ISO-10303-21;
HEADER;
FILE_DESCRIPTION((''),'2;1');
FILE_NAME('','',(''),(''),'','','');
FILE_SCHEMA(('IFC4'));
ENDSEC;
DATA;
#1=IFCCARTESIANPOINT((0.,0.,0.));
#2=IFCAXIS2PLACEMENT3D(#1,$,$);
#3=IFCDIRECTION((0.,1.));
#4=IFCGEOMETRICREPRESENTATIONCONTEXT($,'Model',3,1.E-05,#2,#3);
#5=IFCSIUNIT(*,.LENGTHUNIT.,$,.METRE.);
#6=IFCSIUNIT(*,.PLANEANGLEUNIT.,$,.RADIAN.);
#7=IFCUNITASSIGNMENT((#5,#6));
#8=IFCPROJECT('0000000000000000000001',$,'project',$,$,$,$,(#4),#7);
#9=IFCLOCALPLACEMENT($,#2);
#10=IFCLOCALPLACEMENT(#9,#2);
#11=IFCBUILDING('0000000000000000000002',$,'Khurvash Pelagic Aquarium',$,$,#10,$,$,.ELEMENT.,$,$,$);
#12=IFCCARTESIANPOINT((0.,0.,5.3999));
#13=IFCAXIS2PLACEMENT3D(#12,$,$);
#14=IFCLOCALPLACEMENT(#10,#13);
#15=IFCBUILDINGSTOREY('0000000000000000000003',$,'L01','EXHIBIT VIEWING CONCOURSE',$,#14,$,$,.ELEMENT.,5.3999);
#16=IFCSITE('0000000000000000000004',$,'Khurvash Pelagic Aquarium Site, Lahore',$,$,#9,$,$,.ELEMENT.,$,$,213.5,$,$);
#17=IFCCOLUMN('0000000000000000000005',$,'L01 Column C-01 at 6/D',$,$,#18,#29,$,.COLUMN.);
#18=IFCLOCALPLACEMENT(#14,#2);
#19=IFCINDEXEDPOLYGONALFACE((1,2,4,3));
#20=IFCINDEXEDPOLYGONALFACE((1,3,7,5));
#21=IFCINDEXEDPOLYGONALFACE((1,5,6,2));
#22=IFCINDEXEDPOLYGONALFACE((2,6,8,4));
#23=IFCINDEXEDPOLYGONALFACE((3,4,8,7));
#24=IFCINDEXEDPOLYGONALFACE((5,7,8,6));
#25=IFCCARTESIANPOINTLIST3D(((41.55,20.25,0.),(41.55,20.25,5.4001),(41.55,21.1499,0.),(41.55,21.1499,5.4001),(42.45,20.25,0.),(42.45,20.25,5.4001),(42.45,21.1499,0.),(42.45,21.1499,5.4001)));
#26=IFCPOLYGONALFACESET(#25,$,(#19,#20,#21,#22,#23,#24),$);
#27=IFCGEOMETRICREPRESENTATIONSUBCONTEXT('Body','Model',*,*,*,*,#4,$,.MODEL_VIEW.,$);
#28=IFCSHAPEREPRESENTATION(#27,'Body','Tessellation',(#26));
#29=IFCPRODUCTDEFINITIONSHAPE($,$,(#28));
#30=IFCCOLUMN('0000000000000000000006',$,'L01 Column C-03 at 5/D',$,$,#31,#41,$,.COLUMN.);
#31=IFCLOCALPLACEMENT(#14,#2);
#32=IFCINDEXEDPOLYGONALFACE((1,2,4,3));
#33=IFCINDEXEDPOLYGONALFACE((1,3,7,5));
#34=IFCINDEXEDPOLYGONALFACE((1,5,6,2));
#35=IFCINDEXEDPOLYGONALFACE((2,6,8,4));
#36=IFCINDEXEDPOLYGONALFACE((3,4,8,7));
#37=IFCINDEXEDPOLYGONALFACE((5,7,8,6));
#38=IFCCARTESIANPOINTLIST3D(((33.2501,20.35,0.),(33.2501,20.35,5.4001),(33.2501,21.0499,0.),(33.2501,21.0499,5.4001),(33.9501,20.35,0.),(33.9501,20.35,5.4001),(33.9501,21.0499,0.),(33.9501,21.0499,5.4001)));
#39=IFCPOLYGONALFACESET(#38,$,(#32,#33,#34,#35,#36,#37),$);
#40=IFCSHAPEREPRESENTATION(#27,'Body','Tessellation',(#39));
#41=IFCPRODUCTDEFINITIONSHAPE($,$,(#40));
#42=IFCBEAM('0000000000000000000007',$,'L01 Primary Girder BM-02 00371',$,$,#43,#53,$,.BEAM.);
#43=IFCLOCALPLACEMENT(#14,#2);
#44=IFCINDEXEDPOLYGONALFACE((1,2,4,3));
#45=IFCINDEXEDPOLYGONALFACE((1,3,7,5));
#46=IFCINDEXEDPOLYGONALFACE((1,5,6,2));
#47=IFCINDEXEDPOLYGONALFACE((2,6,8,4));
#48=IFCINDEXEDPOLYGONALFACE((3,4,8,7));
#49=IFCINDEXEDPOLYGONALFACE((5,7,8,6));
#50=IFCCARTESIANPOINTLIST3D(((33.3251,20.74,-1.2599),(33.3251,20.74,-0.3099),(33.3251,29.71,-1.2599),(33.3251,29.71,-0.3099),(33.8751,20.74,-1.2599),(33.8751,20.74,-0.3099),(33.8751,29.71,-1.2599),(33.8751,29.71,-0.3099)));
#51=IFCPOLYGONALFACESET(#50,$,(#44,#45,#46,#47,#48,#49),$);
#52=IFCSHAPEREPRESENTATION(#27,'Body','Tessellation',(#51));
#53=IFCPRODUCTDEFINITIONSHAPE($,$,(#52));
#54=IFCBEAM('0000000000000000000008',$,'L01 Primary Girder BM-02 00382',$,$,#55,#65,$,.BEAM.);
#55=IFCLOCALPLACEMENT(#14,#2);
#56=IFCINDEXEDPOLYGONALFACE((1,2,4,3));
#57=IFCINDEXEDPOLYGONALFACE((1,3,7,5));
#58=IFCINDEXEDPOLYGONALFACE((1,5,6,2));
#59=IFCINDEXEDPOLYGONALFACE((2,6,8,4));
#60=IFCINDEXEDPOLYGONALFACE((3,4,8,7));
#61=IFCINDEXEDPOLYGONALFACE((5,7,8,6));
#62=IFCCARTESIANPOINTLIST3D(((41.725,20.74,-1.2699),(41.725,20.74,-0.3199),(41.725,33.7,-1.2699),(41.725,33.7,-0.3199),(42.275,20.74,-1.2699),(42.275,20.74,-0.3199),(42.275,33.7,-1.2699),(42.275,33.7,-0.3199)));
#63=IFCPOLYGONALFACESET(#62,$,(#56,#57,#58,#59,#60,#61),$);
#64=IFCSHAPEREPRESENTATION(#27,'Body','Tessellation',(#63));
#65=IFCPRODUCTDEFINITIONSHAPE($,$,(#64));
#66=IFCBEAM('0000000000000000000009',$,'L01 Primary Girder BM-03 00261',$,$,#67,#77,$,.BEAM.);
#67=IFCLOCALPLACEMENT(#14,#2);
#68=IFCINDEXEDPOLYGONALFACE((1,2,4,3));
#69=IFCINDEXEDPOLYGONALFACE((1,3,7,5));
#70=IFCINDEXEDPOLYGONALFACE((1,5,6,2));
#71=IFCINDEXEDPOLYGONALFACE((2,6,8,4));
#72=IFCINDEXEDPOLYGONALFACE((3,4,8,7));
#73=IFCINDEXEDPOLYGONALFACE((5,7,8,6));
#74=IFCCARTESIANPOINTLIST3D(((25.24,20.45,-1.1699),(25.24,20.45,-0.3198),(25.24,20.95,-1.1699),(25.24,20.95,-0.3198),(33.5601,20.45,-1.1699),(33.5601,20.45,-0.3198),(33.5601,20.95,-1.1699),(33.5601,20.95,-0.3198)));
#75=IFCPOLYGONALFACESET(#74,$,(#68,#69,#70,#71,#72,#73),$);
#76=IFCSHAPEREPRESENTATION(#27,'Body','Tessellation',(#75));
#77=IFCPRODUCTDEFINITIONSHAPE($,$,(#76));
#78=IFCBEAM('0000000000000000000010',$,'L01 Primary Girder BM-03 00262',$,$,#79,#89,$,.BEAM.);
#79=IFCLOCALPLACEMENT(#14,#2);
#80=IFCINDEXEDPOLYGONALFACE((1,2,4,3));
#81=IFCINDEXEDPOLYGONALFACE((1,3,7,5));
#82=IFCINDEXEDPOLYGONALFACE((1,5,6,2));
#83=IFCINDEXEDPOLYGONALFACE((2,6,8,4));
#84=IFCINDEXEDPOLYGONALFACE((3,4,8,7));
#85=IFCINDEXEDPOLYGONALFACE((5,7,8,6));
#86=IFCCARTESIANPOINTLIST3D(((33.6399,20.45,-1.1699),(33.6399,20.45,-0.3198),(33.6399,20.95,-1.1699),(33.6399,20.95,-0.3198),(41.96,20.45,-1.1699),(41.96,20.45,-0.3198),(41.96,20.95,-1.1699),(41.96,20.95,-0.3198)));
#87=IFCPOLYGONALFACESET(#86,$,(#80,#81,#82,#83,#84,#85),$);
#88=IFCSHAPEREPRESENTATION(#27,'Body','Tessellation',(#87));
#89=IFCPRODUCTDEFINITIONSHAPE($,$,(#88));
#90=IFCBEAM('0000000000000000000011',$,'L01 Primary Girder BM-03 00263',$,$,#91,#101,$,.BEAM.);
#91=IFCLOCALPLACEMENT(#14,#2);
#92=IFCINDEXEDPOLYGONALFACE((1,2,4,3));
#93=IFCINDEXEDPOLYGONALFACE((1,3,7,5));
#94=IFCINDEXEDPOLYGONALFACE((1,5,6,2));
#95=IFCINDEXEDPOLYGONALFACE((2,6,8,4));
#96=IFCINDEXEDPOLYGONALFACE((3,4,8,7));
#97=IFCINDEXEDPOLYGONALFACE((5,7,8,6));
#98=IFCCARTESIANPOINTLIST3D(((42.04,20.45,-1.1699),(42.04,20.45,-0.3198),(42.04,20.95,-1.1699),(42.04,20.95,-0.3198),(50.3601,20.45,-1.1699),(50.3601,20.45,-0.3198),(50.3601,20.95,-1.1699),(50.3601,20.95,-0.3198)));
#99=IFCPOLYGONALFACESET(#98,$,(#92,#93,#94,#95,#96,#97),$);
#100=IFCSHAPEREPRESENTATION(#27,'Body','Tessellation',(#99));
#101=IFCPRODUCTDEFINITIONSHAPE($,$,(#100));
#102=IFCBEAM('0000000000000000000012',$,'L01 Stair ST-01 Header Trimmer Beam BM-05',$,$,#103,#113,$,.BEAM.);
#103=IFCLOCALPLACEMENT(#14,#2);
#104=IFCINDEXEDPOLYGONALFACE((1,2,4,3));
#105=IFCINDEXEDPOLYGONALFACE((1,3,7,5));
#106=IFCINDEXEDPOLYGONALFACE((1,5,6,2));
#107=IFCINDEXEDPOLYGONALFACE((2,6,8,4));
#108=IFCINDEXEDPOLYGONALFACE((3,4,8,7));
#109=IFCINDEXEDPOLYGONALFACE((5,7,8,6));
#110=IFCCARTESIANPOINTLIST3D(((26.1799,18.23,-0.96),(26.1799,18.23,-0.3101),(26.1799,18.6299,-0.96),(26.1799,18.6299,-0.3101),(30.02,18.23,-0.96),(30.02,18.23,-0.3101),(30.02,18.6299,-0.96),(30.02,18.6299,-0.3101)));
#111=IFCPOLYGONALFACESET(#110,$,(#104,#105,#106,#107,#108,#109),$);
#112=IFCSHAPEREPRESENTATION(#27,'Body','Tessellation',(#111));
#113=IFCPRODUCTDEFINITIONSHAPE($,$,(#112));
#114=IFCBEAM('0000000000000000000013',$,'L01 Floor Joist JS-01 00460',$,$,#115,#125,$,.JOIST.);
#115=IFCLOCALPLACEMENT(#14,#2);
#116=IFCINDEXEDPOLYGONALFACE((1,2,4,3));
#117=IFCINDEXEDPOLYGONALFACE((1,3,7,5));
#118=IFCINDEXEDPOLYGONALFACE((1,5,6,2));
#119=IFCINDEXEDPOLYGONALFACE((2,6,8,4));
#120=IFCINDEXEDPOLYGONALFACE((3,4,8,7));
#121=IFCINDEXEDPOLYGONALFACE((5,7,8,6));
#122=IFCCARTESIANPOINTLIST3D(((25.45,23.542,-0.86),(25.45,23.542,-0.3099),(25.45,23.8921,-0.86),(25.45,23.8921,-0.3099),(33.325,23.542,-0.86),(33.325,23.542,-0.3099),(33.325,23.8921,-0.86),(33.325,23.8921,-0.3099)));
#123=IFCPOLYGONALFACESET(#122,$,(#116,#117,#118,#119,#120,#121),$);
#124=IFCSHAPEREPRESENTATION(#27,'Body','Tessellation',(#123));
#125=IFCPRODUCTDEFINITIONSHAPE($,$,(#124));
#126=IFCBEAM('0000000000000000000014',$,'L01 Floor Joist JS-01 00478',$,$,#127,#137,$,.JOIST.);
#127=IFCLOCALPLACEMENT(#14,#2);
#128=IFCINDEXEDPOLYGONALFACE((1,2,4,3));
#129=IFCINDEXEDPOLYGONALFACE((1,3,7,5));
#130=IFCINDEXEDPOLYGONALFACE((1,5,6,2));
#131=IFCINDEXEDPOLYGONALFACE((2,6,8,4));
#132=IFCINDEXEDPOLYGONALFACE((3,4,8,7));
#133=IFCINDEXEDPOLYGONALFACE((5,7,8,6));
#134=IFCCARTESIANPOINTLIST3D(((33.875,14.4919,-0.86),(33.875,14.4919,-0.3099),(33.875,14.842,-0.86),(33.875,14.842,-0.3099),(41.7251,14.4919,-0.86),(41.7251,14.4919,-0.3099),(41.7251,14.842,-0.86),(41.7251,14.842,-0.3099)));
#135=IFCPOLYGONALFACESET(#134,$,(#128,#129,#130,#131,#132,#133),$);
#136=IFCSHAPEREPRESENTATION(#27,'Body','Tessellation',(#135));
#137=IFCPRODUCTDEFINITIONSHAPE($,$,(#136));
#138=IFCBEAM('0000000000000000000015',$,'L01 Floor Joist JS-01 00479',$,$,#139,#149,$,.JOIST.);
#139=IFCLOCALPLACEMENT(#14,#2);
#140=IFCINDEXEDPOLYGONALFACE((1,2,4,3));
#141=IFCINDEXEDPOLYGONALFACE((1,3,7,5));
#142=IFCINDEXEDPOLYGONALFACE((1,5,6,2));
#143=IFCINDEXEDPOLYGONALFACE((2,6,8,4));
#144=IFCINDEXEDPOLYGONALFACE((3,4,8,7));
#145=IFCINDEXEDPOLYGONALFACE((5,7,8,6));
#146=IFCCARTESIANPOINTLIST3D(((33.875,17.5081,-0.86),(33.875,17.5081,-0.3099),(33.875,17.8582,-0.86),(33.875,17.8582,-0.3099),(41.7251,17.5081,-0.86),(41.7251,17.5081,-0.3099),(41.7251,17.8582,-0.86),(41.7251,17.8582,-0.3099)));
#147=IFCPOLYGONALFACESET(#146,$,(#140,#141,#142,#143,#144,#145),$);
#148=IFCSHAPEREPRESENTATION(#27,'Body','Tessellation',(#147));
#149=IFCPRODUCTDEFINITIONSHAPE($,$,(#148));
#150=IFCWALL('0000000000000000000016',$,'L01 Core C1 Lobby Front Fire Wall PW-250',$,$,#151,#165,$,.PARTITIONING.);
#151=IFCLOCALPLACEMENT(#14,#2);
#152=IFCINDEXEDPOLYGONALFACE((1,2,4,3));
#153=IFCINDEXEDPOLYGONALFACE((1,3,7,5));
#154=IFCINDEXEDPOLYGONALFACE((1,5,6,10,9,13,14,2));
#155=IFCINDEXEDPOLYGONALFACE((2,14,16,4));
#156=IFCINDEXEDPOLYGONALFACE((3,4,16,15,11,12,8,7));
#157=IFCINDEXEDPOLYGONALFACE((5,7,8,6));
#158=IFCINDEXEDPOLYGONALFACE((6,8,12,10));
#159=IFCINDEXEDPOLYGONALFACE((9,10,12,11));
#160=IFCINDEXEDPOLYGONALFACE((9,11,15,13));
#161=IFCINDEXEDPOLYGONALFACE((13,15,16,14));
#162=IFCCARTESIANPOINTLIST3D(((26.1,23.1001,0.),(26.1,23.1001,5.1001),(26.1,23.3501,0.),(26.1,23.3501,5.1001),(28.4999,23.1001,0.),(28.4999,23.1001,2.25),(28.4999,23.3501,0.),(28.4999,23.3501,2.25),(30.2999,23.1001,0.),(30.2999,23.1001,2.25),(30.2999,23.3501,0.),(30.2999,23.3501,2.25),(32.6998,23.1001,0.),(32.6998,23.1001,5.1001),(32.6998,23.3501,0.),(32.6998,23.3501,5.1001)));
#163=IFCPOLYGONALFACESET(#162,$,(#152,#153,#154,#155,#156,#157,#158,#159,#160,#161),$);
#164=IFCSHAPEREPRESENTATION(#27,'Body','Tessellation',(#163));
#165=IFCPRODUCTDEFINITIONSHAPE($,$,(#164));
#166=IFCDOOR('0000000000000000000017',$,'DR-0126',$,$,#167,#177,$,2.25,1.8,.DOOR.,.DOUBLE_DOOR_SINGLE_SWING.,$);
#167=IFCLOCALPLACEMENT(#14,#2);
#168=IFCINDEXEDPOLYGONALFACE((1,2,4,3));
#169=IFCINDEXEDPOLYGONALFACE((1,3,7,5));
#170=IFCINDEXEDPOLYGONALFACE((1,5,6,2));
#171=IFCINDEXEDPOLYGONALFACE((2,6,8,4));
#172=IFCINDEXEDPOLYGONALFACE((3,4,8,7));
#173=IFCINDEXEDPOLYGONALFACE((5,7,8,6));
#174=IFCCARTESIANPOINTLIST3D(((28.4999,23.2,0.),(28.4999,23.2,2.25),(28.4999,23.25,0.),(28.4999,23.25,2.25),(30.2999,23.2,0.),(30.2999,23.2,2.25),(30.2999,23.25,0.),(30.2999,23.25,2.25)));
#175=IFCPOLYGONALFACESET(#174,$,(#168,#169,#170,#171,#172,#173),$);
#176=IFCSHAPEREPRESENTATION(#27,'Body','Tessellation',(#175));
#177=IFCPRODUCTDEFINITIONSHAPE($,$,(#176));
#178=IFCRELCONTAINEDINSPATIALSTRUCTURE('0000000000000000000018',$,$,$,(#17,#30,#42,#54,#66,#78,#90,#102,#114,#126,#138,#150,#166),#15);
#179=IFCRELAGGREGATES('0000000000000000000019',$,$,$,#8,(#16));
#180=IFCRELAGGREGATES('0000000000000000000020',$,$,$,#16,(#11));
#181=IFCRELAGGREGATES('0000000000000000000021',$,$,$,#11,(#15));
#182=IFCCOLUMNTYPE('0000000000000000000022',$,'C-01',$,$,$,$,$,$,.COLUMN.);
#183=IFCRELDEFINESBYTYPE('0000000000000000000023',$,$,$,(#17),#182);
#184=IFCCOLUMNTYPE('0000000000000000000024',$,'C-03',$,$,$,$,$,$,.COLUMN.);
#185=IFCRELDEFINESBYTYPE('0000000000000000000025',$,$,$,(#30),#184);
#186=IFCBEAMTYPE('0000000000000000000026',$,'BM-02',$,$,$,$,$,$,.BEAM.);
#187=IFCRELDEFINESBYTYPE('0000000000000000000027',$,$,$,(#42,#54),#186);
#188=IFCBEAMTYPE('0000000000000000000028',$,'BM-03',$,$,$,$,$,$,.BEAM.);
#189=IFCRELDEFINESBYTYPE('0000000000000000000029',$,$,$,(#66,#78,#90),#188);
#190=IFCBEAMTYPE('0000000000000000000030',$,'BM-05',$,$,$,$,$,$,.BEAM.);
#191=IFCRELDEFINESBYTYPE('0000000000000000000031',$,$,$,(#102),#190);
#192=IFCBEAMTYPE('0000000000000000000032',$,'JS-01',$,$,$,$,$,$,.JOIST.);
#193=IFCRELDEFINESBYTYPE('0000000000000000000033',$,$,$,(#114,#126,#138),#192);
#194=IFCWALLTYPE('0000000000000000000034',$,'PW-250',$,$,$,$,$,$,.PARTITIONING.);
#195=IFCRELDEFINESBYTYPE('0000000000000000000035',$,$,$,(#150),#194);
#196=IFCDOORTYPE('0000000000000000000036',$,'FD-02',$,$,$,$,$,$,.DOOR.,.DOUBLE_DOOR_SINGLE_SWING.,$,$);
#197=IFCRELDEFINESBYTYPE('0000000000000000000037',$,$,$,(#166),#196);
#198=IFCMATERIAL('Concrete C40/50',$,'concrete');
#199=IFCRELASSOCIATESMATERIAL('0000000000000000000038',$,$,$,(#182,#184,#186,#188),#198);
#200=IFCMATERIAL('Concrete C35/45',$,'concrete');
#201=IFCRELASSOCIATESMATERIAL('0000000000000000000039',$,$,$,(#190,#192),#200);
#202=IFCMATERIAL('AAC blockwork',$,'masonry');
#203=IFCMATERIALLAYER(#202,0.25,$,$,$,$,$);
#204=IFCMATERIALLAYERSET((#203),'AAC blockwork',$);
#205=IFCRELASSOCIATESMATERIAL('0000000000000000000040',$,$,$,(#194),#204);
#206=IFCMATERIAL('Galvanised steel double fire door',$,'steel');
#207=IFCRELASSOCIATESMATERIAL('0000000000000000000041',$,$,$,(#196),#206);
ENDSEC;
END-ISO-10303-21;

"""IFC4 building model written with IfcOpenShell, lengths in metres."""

from ifc_helpers import new_model, si_unit, direction, frame, frame_2d, origin, origin_2d, place, context, subcontext, project, spatial, rectangle, extrude, material, layer, layer_set, material_profile, profile_set, type_object, element, fill, save


model = new_model("IFC4")

# Units and contexts
model_context = context("Model", 3, precision=1e-05, world=origin(), true_north=direction((0.0, 1.0)))
body_context = subcontext(model_context, "Body", "Model", "MODEL_VIEW")
ifc_project = project(units=[si_unit("LENGTHUNIT", "METRE"), si_unit("PLANEANGLEUNIT", "RADIAN")], contexts=[model_context])

# Site, building, storey
site_placement = place(None, origin())
site = spatial("IfcSite", under=ifc_project, at=site_placement, Name="Khurvash Pelagic Aquarium Site, Lahore", CompositionType="ELEMENT", RefElevation=213.5)
building_placement = place(site_placement, origin())
building = spatial("IfcBuilding", under=site, at=building_placement, Name="Khurvash Pelagic Aquarium", CompositionType="ELEMENT")
storey_placement = place(building_placement, frame((0.0, 0.0, 5.3999)))
storey = spatial("IfcBuildingStorey", under=building, at=storey_placement, Name="L01", Description="EXHIBIT VIEWING CONCOURSE", CompositionType="ELEMENT", Elevation=5.3999)

# Columns
ifc_material_1 = material(Name="Concrete C40/50", Category="concrete")
ifc_material_profile_1 = material_profile(ifc_material_1, rectangle(XDim=0.8999, YDim=0.8999, at=origin_2d()), Name="RC900X900")
ifc_profile_set_1 = profile_set([ifc_material_profile_1], Name="Concrete C40/50")
column_type_1 = type_object("IfcColumnType", Name="C-01", PredefinedType="COLUMN", material=ifc_profile_set_1)
column_1_placement = place(storey_placement, frame((42.0, 20.7, 0.0), z_axis=(0.0, 0.0, 1.0), x_axis=(1.0, 0.0, 0.0)))
element("IfcColumn", 1, at=column_1_placement, inside=storey, type_object=column_type_1, Name="L01 Column C-01 at 6/D", PredefinedType="COLUMN", context=body_context, shape_type="SweptSolid", body=[
    extrude(rectangle(XDim=0.8999, YDim=0.8999, at=origin_2d()), origin(), (0.0, 0.0, 1.0), 5.4001),
])
ifc_material_profile_2 = material_profile(ifc_material_1, rectangle(XDim=0.7, YDim=0.7, at=origin_2d()), Name="RC700X700")
ifc_profile_set_2 = profile_set([ifc_material_profile_2], Name="Concrete C40/50")
column_type_2 = type_object("IfcColumnType", Name="C-03", PredefinedType="COLUMN", material=ifc_profile_set_2)
column_2_placement = place(storey_placement, frame((33.6001, 20.7, 0.0), z_axis=(0.0, 0.0, 1.0), x_axis=(1.0, 0.0, 0.0)))
element("IfcColumn", 2, at=column_2_placement, inside=storey, type_object=column_type_2, Name="L01 Column C-03 at 5/D", PredefinedType="COLUMN", context=body_context, shape_type="SweptSolid", body=[
    extrude(rectangle(XDim=0.7, YDim=0.7, at=origin_2d()), origin(), (0.0, 0.0, 1.0), 5.4001),
])

# Beams
ifc_material_profile_3 = material_profile(ifc_material_1, rectangle(XDim=0.55, YDim=0.95, at=origin_2d()), Name="RC550X950")
ifc_profile_set_3 = profile_set([ifc_material_profile_3], Name="Concrete C40/50")
beam_type_1 = type_object("IfcBeamType", Name="BM-02", PredefinedType="BEAM", material=ifc_profile_set_3)
beam_1_placement = place(storey_placement, frame((33.6001, 20.74, -0.7849), z_axis=(0.0, 1.0, 0.0), x_axis=(-1.0, 0.0, 0.0)))
element("IfcBeam", 3, at=beam_1_placement, inside=storey, type_object=beam_type_1, Name="L01 Primary Girder BM-02 00371", PredefinedType="BEAM", context=body_context, shape_type="SweptSolid", body=[
    extrude(rectangle(XDim=0.55, YDim=0.95, at=origin_2d()), origin(), (0.0, 0.0, 1.0), 8.97),
])
beam_2_placement = place(storey_placement, frame((42.0, 20.74, -0.7949), z_axis=(0.0, 1.0, 0.0), x_axis=(-1.0, 0.0, 0.0)))
element("IfcBeam", 4, at=beam_2_placement, inside=storey, type_object=beam_type_1, Name="L01 Primary Girder BM-02 00382", PredefinedType="BEAM", context=body_context, shape_type="SweptSolid", body=[
    extrude(rectangle(XDim=0.55, YDim=0.95, at=origin_2d()), origin(), (0.0, 0.0, 1.0), 12.96),
])
ifc_material_profile_4 = material_profile(ifc_material_1, rectangle(XDim=0.5, YDim=0.8501, at=origin_2d()), Name="RC500X850")
ifc_profile_set_4 = profile_set([ifc_material_profile_4], Name="Concrete C40/50")
beam_type_2 = type_object("IfcBeamType", Name="BM-03", PredefinedType="BEAM", material=ifc_profile_set_4)
for number, where, z_axis, x_axis, name in (
    (5, (25.24, 20.7, -0.7449), (1.0, 0.0, 0.0), (0.0, 1.0, 0.0), "L01 Primary Girder BM-03 00261"),
    (6, (33.6399, 20.7, -0.7449), (1.0, 0.0, 0.0), (0.0, 1.0, 0.0), "L01 Primary Girder BM-03 00262"),
    (7, (42.04, 20.7, -0.7449), (1.0, 0.0, 0.0), (0.0, 1.0, 0.0), "L01 Primary Girder BM-03 00263"),
):
    element("IfcBeam", number, at=place(storey_placement, frame(where, z_axis=z_axis, x_axis=x_axis)), inside=storey, type_object=beam_type_2, Name=name, PredefinedType="BEAM", context=body_context, shape_type="SweptSolid", body=[
        extrude(rectangle(XDim=0.5, YDim=0.8501, at=origin_2d()), origin(), (0.0, 0.0, 1.0), 8.3201),
    ])
ifc_material_2 = material(Name="Concrete C35/45", Category="concrete")
ifc_material_profile_5 = material_profile(ifc_material_2, rectangle(XDim=0.3999, YDim=0.6499, at=origin_2d()), Name="RC400X650")
ifc_profile_set_5 = profile_set([ifc_material_profile_5], Name="Concrete C35/45")
beam_type_3 = type_object("IfcBeamType", Name="BM-05", PredefinedType="BEAM", material=ifc_profile_set_5)
beam_3_placement = place(storey_placement, frame((26.1799, 18.4299, -0.635), z_axis=(1.0, 0.0, 0.0), x_axis=(0.0, 1.0, 0.0)))
element("IfcBeam", 8, at=beam_3_placement, inside=storey, type_object=beam_type_3, Name="L01 Stair ST-01 Header Trimmer Beam BM-05", PredefinedType="BEAM", context=body_context, shape_type="SweptSolid", body=[
    extrude(rectangle(XDim=0.3999, YDim=0.6499, at=origin_2d()), origin(), (0.0, 0.0, 1.0), 3.8401),
])
ifc_material_profile_6 = material_profile(ifc_material_2, rectangle(XDim=0.3501, YDim=0.55, at=origin_2d()), Name="RC350X550")
ifc_profile_set_6 = profile_set([ifc_material_profile_6], Name="Concrete C35/45")
beam_type_4 = type_object("IfcBeamType", Name="JS-01", PredefinedType="JOIST", material=ifc_profile_set_6)
beam_4_placement = place(storey_placement, frame((25.45, 23.717, -0.585), z_axis=(1.0, 0.0, 0.0), x_axis=(0.0, 1.0, 0.0)))
element("IfcBeam", 9, at=beam_4_placement, inside=storey, type_object=beam_type_4, Name="L01 Floor Joist JS-01 00460", PredefinedType="JOIST", context=body_context, shape_type="SweptSolid", body=[
    extrude(rectangle(XDim=0.3501, YDim=0.55, at=origin_2d()), origin(), (0.0, 0.0, 1.0), 7.875),
])
for number, where, z_axis, x_axis, name in (
    (10, (33.875, 14.667, -0.585), (1.0, 0.0, 0.0), (0.0, 1.0, 0.0), "L01 Floor Joist JS-01 00478"),
    (11, (33.875, 17.6831, -0.585), (1.0, 0.0, 0.0), (0.0, 1.0, 0.0), "L01 Floor Joist JS-01 00479"),
):
    element("IfcBeam", number, at=place(storey_placement, frame(where, z_axis=z_axis, x_axis=x_axis)), inside=storey, type_object=beam_type_4, Name=name, PredefinedType="JOIST", context=body_context, shape_type="SweptSolid", body=[
        extrude(rectangle(XDim=0.3501, YDim=0.55, at=origin_2d()), origin(), (0.0, 0.0, 1.0), 7.8501),
    ])

# Wall, opening, door
ifc_material_3 = material(Name="AAC blockwork", Category="masonry")
ifc_layer_1 = layer(ifc_material_3, 0.25)
ifc_layer_set_1 = layer_set([ifc_layer_1], Name="AAC blockwork")
wall_type_1 = type_object("IfcWallType", Name="PW-250", PredefinedType="PARTITIONING", material=ifc_layer_set_1)
wall_1_placement = place(storey_placement, frame((26.1001, 23.2251, 0.0), z_axis=(0.0, 0.0, 1.0), x_axis=(1.0, 0.0, 0.0)))
wall_1 = element("IfcWall", 12, at=wall_1_placement, inside=storey, type_object=wall_type_1, Name="L01 Core C1 Lobby Front Fire Wall PW-250", PredefinedType="PARTITIONING", context=body_context, shape_type="SweptSolid", body=[
    extrude(rectangle(XDim=6.5999, YDim=0.25, at=frame_2d((3.2998, 0.0))), origin(), (0.0, 0.0, 1.0), 5.1001),
])
opening_1_placement = place(wall_1_placement, frame((2.3999, 0.0, 0.0)))
opening_1 = element("IfcOpeningElement", 13, at=opening_1_placement, cuts=wall_1, PredefinedType="OPENING", context=body_context, shape_type="SweptSolid", body=[
    extrude(rectangle(XDim=1.8, YDim=2.25, at=frame_2d((0.8999, 1.125))), frame((0.0, 0.135, 0.0), z_axis=(0.0, -1.0, 0.0), x_axis=(1.0, 0.0, 0.0)), (0.0, 0.0, 1.0), 0.27),
])
ifc_material_4 = material(Name="Galvanised steel double fire door", Category="steel")
door_type_1 = type_object("IfcDoorType", Name="FD-02", OperationType="DOUBLE_DOOR_SINGLE_SWING", PredefinedType="DOOR", material=ifc_material_4)
door_1_placement = place(opening_1_placement, origin())
door_1 = element("IfcDoor", 14, at=door_1_placement, inside=storey, type_object=door_type_1, Name="DR-0126", OperationType="DOUBLE_DOOR_SINGLE_SWING", OverallHeight=2.25, OverallWidth=1.8, PredefinedType="DOOR", context=body_context, shape_type="SweptSolid", body=[
    extrude(rectangle(XDim=1.8, YDim=2.25, at=frame_2d((0.8999, 1.125))), frame((0.0, 0.0249, 0.0), z_axis=(0.0, -1.0, 0.0), x_axis=(1.0, 0.0, 0.0)), (0.0, 0.0, 1.0), 0.05),
])
fill(opening_1, door_1)

save(model, "model.ifc")
